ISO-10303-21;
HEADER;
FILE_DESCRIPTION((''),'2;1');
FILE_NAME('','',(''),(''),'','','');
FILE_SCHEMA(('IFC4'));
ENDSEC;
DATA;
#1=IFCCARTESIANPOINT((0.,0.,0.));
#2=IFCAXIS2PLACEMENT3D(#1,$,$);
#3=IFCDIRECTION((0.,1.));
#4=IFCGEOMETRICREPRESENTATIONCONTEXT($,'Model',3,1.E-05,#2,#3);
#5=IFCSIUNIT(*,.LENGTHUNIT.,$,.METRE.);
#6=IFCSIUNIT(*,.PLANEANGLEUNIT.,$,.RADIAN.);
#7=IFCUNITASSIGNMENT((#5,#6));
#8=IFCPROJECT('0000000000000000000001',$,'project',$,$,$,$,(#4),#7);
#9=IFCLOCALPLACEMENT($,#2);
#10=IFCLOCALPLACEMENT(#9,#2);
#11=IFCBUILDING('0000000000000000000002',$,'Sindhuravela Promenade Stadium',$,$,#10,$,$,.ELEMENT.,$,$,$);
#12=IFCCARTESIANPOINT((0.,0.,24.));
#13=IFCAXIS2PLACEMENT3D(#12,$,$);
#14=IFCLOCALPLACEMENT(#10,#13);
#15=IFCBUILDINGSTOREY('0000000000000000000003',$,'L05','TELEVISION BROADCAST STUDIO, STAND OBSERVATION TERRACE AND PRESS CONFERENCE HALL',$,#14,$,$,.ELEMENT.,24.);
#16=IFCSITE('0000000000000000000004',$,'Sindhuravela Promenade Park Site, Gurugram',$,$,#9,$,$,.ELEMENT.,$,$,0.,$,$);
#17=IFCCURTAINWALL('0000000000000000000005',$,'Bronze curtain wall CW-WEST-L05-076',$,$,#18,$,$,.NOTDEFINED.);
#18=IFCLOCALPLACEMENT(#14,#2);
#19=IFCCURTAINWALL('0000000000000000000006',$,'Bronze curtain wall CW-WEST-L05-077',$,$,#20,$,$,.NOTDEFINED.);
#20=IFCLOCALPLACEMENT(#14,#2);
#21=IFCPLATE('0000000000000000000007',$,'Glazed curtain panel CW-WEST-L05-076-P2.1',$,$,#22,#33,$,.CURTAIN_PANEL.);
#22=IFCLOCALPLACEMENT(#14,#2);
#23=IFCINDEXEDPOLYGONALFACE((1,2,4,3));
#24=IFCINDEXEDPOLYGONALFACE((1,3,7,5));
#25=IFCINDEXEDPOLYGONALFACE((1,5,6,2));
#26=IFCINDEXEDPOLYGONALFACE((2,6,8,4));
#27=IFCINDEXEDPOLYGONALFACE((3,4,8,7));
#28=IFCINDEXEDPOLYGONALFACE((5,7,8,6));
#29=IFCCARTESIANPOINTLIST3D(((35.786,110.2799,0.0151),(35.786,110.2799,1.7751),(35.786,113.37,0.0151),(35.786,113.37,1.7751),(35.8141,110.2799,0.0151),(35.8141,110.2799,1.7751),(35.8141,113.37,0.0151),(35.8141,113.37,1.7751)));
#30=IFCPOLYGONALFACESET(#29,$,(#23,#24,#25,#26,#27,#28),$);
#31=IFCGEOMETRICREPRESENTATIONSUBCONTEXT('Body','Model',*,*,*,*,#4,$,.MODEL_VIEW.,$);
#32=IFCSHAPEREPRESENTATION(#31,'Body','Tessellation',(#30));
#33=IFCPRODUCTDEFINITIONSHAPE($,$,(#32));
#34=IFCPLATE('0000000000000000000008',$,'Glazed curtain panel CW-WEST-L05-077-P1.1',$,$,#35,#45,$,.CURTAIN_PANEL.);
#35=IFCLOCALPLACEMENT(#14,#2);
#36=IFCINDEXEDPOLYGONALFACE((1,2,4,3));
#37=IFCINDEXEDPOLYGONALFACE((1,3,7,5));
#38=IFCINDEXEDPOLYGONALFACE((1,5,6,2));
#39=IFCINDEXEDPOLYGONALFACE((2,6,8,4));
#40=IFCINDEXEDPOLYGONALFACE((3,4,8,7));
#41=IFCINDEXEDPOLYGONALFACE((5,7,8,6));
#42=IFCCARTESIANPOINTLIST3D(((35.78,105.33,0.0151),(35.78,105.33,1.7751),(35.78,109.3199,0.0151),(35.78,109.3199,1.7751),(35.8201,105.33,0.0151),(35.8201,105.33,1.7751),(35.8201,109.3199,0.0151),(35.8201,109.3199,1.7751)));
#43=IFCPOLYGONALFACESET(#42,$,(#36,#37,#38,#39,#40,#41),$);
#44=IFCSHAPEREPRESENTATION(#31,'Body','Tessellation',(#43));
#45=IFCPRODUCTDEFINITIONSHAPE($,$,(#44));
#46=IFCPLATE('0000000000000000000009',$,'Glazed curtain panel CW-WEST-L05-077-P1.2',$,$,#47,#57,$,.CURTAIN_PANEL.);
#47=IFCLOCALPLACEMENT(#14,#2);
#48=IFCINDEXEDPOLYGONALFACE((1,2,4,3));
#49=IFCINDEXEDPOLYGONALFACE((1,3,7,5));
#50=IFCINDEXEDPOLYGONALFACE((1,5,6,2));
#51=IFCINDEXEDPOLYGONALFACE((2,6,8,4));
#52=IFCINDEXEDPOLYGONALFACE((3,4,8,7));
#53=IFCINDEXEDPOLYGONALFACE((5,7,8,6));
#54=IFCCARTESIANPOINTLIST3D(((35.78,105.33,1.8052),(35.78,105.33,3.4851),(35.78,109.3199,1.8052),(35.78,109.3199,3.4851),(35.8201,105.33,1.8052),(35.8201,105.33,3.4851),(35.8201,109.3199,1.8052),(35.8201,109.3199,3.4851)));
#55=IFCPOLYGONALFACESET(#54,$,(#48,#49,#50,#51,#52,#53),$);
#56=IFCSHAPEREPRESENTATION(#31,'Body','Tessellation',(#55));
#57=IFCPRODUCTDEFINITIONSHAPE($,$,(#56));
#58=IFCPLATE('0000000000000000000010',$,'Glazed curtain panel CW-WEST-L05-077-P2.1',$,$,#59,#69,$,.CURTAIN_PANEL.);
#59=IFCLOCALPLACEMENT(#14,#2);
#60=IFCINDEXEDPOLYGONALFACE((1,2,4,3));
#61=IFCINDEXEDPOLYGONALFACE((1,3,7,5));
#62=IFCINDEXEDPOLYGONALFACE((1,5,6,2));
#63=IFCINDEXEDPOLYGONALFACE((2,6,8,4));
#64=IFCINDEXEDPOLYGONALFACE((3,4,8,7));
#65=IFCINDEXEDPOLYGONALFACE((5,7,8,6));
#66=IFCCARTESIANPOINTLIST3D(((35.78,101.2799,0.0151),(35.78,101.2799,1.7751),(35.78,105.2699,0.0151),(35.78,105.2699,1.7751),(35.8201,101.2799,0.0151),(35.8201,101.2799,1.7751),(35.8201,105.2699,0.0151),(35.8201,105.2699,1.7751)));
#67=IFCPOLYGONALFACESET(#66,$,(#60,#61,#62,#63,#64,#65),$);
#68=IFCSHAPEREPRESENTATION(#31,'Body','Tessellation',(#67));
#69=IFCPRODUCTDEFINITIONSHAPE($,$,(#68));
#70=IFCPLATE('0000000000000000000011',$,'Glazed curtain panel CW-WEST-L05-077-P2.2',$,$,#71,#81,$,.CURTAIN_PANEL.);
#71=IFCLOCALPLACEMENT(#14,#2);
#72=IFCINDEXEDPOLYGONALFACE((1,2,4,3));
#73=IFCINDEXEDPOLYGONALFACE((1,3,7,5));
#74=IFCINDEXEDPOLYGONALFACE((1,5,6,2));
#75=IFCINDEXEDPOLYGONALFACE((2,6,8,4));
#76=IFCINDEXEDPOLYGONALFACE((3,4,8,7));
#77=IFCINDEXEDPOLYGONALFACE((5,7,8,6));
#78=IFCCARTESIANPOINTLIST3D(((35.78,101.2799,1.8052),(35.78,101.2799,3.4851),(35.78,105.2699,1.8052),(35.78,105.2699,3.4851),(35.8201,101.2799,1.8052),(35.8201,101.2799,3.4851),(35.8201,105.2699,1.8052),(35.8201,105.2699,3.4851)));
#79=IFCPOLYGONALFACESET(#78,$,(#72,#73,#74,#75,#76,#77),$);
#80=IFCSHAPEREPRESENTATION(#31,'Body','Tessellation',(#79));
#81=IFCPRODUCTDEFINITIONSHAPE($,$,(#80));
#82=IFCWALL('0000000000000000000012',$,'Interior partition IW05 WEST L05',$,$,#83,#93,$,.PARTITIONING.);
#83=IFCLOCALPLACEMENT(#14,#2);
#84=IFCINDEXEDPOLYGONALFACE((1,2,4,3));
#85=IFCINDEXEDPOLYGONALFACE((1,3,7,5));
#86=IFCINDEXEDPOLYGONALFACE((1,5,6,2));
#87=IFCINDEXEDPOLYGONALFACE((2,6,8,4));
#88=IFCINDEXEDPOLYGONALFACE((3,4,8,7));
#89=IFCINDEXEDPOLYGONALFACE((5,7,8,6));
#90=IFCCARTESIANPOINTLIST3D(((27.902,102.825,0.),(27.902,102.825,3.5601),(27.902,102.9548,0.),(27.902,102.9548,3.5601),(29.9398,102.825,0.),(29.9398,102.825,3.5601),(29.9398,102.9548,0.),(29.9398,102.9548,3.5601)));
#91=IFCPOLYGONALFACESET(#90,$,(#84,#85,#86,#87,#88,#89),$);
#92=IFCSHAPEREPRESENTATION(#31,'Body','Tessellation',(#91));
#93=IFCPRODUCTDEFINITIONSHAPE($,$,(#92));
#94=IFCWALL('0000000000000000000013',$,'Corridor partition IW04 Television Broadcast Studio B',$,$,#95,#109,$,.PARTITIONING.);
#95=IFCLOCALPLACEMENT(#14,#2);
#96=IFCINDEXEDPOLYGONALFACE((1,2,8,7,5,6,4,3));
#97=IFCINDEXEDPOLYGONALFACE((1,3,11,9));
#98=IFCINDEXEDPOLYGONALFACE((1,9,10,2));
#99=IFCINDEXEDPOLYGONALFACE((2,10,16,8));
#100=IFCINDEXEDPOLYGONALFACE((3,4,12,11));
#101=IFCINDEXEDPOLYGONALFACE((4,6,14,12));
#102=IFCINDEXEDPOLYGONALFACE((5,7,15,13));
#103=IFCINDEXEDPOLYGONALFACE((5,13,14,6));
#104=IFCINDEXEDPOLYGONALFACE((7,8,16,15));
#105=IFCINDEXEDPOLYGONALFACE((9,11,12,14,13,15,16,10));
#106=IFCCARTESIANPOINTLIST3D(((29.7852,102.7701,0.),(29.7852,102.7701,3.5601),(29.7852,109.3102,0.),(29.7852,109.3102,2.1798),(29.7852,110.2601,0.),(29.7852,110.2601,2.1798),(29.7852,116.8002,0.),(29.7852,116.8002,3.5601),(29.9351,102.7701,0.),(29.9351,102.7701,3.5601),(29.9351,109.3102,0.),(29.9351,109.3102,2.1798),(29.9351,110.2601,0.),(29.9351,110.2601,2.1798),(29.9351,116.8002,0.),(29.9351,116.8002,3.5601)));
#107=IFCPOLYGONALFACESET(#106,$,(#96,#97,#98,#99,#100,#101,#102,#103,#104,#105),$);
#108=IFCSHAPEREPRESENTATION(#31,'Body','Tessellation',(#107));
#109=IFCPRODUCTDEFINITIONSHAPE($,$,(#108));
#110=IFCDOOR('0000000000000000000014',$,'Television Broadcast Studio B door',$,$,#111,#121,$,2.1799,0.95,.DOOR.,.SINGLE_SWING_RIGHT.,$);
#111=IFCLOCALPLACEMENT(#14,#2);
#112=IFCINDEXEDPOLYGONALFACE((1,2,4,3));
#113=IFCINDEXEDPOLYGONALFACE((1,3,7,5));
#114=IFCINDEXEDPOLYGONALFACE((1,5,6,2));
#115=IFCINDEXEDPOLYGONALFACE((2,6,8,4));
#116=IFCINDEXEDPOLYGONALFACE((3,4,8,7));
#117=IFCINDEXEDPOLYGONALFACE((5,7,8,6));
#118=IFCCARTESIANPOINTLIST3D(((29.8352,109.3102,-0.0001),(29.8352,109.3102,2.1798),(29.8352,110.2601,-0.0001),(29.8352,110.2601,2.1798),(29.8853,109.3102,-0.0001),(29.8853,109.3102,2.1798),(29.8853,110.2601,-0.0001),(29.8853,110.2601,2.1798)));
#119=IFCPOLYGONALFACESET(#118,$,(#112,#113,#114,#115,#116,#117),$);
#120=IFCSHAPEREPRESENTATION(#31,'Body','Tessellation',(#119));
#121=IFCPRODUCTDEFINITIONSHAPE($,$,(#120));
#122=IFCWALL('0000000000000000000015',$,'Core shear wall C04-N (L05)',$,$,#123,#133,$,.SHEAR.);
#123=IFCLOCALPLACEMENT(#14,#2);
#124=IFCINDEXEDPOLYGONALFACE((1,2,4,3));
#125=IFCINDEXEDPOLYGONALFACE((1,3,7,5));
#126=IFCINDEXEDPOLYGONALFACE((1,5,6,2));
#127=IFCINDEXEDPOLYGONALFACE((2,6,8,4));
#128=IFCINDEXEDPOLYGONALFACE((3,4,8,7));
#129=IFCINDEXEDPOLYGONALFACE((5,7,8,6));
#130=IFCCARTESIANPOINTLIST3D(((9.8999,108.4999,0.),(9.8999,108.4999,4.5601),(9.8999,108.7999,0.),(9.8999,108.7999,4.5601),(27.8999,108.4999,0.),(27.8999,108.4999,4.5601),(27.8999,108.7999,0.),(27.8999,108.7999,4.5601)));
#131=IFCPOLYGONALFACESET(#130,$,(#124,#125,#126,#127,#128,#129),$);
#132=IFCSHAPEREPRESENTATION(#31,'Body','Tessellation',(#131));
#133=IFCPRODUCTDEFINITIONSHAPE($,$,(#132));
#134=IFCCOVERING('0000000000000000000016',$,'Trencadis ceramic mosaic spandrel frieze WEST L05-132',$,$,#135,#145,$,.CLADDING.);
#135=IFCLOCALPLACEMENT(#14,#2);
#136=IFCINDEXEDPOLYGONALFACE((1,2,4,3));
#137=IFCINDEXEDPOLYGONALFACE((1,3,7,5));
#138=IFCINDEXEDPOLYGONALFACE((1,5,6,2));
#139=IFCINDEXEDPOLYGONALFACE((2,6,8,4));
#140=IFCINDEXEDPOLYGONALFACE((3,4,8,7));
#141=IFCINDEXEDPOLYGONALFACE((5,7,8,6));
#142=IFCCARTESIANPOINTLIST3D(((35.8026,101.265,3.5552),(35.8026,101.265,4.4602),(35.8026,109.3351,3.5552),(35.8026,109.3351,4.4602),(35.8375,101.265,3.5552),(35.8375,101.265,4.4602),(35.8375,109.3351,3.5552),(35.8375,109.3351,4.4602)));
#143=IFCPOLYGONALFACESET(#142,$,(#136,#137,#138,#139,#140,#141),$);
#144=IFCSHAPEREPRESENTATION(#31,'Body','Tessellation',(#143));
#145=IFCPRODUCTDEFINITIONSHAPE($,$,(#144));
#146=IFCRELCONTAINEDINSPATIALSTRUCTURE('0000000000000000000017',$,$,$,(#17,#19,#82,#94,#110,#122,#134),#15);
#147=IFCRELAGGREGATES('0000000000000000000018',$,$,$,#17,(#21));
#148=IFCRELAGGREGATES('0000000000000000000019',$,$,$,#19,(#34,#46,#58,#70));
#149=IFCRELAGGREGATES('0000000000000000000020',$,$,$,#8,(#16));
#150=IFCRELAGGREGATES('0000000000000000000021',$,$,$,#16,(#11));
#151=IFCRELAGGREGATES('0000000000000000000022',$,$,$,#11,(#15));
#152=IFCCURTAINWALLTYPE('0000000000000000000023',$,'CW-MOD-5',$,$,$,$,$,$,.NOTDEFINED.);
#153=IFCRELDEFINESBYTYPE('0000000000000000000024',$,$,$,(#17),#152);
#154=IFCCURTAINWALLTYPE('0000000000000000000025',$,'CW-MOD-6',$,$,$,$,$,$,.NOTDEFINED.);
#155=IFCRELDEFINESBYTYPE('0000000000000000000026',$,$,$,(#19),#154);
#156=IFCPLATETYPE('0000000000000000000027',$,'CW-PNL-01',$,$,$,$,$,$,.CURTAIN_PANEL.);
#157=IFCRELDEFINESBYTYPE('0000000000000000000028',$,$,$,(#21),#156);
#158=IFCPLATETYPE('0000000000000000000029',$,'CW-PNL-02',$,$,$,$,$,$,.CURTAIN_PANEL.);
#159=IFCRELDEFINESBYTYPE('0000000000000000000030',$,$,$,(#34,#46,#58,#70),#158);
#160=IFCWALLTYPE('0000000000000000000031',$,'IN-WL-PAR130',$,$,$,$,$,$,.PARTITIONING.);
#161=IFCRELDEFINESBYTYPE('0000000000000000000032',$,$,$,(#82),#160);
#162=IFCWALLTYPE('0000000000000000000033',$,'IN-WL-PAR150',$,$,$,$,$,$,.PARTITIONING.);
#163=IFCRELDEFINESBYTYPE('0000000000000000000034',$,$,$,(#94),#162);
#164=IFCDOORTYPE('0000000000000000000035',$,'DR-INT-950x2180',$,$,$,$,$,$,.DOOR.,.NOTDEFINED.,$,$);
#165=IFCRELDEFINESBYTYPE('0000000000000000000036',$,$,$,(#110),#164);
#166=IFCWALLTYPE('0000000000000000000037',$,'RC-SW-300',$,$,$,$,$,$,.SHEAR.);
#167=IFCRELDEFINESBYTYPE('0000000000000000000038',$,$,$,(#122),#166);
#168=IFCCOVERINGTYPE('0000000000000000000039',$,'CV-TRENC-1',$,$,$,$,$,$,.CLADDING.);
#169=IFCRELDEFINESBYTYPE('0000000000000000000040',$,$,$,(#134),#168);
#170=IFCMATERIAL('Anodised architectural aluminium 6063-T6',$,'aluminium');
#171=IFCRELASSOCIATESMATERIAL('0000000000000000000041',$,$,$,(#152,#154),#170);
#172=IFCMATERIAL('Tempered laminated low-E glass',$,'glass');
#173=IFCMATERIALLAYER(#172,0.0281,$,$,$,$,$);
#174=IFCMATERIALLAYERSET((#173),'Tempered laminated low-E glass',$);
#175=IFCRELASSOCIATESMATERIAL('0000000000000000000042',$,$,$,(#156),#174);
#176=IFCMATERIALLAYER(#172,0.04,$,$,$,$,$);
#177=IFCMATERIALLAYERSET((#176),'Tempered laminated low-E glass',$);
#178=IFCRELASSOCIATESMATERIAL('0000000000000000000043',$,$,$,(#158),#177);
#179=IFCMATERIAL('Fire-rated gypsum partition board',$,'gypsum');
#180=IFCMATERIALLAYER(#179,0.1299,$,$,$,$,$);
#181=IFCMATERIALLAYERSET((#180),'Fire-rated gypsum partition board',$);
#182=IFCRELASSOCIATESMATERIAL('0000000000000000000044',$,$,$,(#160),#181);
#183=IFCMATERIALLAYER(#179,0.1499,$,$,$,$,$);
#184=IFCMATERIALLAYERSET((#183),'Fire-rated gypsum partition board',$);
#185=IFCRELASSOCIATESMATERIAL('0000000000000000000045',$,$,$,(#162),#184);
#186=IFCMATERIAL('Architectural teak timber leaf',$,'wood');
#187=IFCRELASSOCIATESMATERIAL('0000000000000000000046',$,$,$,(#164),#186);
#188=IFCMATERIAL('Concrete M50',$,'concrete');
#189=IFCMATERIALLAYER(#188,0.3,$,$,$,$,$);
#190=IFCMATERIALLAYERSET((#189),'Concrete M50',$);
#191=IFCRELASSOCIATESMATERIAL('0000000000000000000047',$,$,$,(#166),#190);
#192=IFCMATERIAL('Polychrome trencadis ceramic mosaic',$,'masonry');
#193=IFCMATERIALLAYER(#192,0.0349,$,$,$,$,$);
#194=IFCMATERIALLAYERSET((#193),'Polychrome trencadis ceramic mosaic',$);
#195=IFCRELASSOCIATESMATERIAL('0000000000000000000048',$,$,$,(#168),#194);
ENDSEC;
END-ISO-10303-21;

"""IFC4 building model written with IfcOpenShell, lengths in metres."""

from ifc_helpers import new_model, si_unit, direction, frame, frame_2d, origin, origin_2d, place, context, subcontext, project, spatial, rectangle, extrude, material, layer, layer_set, type_object, element, fill, aggregate, save


model = new_model("IFC4")

# Units and contexts
model_context = context("Model", 3, precision=1e-05, world=origin(), true_north=direction((0.0, 1.0)))
body_context = subcontext(model_context, "Body", "Model", "MODEL_VIEW")
ifc_project = project(units=[si_unit("LENGTHUNIT", "METRE"), si_unit("PLANEANGLEUNIT", "RADIAN")], contexts=[model_context])

# Site, building, storey
site_placement = place(None, origin())
site = spatial("IfcSite", under=ifc_project, at=site_placement, Name="Sindhuravela Promenade Park Site, Gurugram", CompositionType="ELEMENT", RefElevation=0.0)
building_placement = place(site_placement, origin())
building = spatial("IfcBuilding", under=site, at=building_placement, Name="Sindhuravela Promenade Stadium", CompositionType="ELEMENT")
storey_placement = place(building_placement, frame((0.0, 0.0, 24.0)))
storey = spatial("IfcBuildingStorey", under=building, at=storey_placement, Name="L05", Description="TELEVISION BROADCAST STUDIO, STAND OBSERVATION TERRACE AND PRESS CONFERENCE HALL", CompositionType="ELEMENT", Elevation=24.0)

# Curtain wall
ifc_material_1 = material(Name="Anodised architectural aluminium 6063-T6", Category="aluminium")
curtain_wall_type_1 = type_object("IfcCurtainWallType", Name="CW-MOD-5", PredefinedType="NOTDEFINED", material=ifc_material_1)
curtain_wall_1_placement = place(storey_placement, origin())
curtain_wall_1 = element("IfcCurtainWall", 1, at=curtain_wall_1_placement, inside=storey, type_object=curtain_wall_type_1, Name="Bronze curtain wall CW-WEST-L05-076", PredefinedType="NOTDEFINED")

# Curtain wall
curtain_wall_type_2 = type_object("IfcCurtainWallType", Name="CW-MOD-6", PredefinedType="NOTDEFINED", material=ifc_material_1)
curtain_wall_2_placement = place(storey_placement, origin())
curtain_wall_2 = element("IfcCurtainWall", 2, at=curtain_wall_2_placement, inside=storey, type_object=curtain_wall_type_2, Name="Bronze curtain wall CW-WEST-L05-077", PredefinedType="NOTDEFINED")

# Plates
ifc_material_2 = material(Name="Tempered laminated low-E glass", Category="glass")
ifc_layer_1 = layer(ifc_material_2, 0.0281)
ifc_layer_set_1 = layer_set([ifc_layer_1], Name="Tempered laminated low-E glass")
plate_type_1 = type_object("IfcPlateType", Name="CW-PNL-01", PredefinedType="CURTAIN_PANEL", material=ifc_layer_set_1)
plate_1_placement = place(storey_placement, frame((35.8, 111.825, 0.0151), z_axis=(0.0, 0.0, 1.0), x_axis=(0.0, -1.0, 0.0)))
plate_1 = element("IfcPlate", 3, at=plate_1_placement, type_object=plate_type_1, Name="Glazed curtain panel CW-WEST-L05-076-P2.1", PredefinedType="CURTAIN_PANEL", context=body_context, shape_type="SweptSolid", body=[
    extrude(rectangle(XDim=3.0901, YDim=0.0281, at=origin_2d()), origin(), (0.0, 0.0, 1.0), 1.76),
])
aggregate(curtain_wall_1, [plate_1])
ifc_layer_2 = layer(ifc_material_2, 0.04)
ifc_layer_set_2 = layer_set([ifc_layer_2], Name="Tempered laminated low-E glass")
plate_type_2 = type_object("IfcPlateType", Name="CW-PNL-02", PredefinedType="CURTAIN_PANEL", material=ifc_layer_set_2)
plate_2_placement = place(storey_placement, frame((35.8, 107.325, 0.0151), z_axis=(0.0, 0.0, 1.0), x_axis=(0.0, -1.0, 0.0)))
plate_2 = element("IfcPlate", 4, at=plate_2_placement, type_object=plate_type_2, Name="Glazed curtain panel CW-WEST-L05-077-P1.1", PredefinedType="CURTAIN_PANEL", context=body_context, shape_type="SweptSolid", body=[
    extrude(rectangle(XDim=3.99, YDim=0.04, at=origin_2d()), origin(), (0.0, 0.0, 1.0), 1.76),
])
plate_3_placement = place(storey_placement, frame((35.8, 107.325, 1.8052), z_axis=(0.0, 0.0, 1.0), x_axis=(0.0, -1.0, 0.0)))
plate_3 = element("IfcPlate", 5, at=plate_3_placement, type_object=plate_type_2, Name="Glazed curtain panel CW-WEST-L05-077-P1.2", PredefinedType="CURTAIN_PANEL", context=body_context, shape_type="SweptSolid", body=[
    extrude(rectangle(XDim=3.99, YDim=0.04, at=origin_2d()), origin(), (0.0, 0.0, 1.0), 1.6799),
])
plate_4_placement = place(storey_placement, frame((35.8, 103.2749, 0.0151), z_axis=(0.0, 0.0, 1.0), x_axis=(0.0, -1.0, 0.0)))
plate_4 = element("IfcPlate", 6, at=plate_4_placement, type_object=plate_type_2, Name="Glazed curtain panel CW-WEST-L05-077-P2.1", PredefinedType="CURTAIN_PANEL", context=body_context, shape_type="SweptSolid", body=[
    extrude(rectangle(XDim=3.99, YDim=0.04, at=origin_2d()), origin(), (0.0, 0.0, 1.0), 1.76),
])
plate_5_placement = place(storey_placement, frame((35.8, 103.2749, 1.8052), z_axis=(0.0, 0.0, 1.0), x_axis=(0.0, -1.0, 0.0)))
plate_5 = element("IfcPlate", 7, at=plate_5_placement, type_object=plate_type_2, Name="Glazed curtain panel CW-WEST-L05-077-P2.2", PredefinedType="CURTAIN_PANEL", context=body_context, shape_type="SweptSolid", body=[
    extrude(rectangle(XDim=3.99, YDim=0.04, at=origin_2d()), origin(), (0.0, 0.0, 1.0), 1.6799),
])
aggregate(curtain_wall_2, [plate_2, plate_3, plate_4, plate_5])

# Wall
ifc_material_3 = material(Name="Fire-rated gypsum partition board", Category="gypsum")
ifc_layer_3 = layer(ifc_material_3, 0.1299)
ifc_layer_set_3 = layer_set([ifc_layer_3], Name="Fire-rated gypsum partition board")
wall_type_1 = type_object("IfcWallType", Name="IN-WL-PAR130", PredefinedType="PARTITIONING", material=ifc_layer_set_3)
wall_1_placement = place(storey_placement, frame((29.9399, 102.8899, 0.0), z_axis=(0.0, 0.0, 1.0), x_axis=(-1.0, 0.0, 0.0)))
element("IfcWall", 8, at=wall_1_placement, inside=storey, type_object=wall_type_1, Name="Interior partition IW05 WEST L05", PredefinedType="PARTITIONING", context=body_context, shape_type="SweptSolid", body=[
    extrude(rectangle(XDim=2.0378, YDim=0.1299, at=frame_2d((1.019, 0.0))), origin(), (0.0, 0.0, 1.0), 3.5601),
])

# Wall, opening, door
ifc_layer_4 = layer(ifc_material_3, 0.1499)
ifc_layer_set_4 = layer_set([ifc_layer_4], Name="Fire-rated gypsum partition board")
wall_type_2 = type_object("IfcWallType", Name="IN-WL-PAR150", PredefinedType="PARTITIONING", material=ifc_layer_set_4)
wall_2_placement = place(storey_placement, frame((29.8601, 102.77, 0.0), z_axis=(0.0, 0.0, 1.0), x_axis=(0.0, 1.0, 0.0)))
wall_2 = element("IfcWall", 9, at=wall_2_placement, inside=storey, type_object=wall_type_2, Name="Corridor partition IW04 Television Broadcast Studio B", PredefinedType="PARTITIONING", context=body_context, shape_type="SweptSolid", body=[
    extrude(rectangle(XDim=14.03, YDim=0.1499, at=frame_2d((7.0151, 0.0))), origin(), (0.0, 0.0, 1.0), 3.5601),
])
opening_placement = place(wall_2_placement, frame((6.54, 0.0, 0.0)))
opening = element("IfcOpeningElement", 10, at=opening_placement, cuts=wall_2, PredefinedType="OPENING", context=body_context, shape_type="SweptSolid", body=[
    extrude(rectangle(XDim=0.95, YDim=2.1799, at=frame_2d((0.4751, 1.0898))), frame((0.0, 0.085, 0.0), z_axis=(0.0, -1.0, 0.0), x_axis=(1.0, 0.0, 0.0)), (0.0, 0.0, 1.0), 0.1699),
])
ifc_material_4 = material(Name="Architectural teak timber leaf", Category="wood")
door_type = type_object("IfcDoorType", Name="DR-INT-950x2180", OperationType="NOTDEFINED", PredefinedType="DOOR", material=ifc_material_4)
door_placement = place(opening_placement, origin())
door = element("IfcDoor", 11, at=door_placement, inside=storey, type_object=door_type, Name="Television Broadcast Studio B door", OperationType="SINGLE_SWING_RIGHT", OverallHeight=2.1799, OverallWidth=0.95, PredefinedType="DOOR", context=body_context, shape_type="SweptSolid", body=[
    extrude(rectangle(XDim=0.95, YDim=2.1799, at=frame_2d((0.4751, 1.0898))), frame((0.0, 0.0249, 0.0), z_axis=(0.0, -1.0, 0.0), x_axis=(1.0, 0.0, 0.0)), (0.0, 0.0, 1.0), 0.05),
])
fill(opening, door)

# Wall
ifc_material_5 = material(Name="Concrete M50", Category="concrete")
ifc_layer_5 = layer(ifc_material_5, 0.3)
ifc_layer_set_5 = layer_set([ifc_layer_5], Name="Concrete M50")
wall_type_3 = type_object("IfcWallType", Name="RC-SW-300", PredefinedType="SHEAR", material=ifc_layer_set_5)
wall_3_placement = place(storey_placement, frame((27.8999, 108.6499, 0.0), z_axis=(0.0, 0.0, 1.0), x_axis=(-1.0, 0.0, 0.0)))
element("IfcWall", 12, at=wall_3_placement, inside=storey, type_object=wall_type_3, Name="Core shear wall C04-N (L05)", PredefinedType="SHEAR", context=body_context, shape_type="SweptSolid", body=[
    extrude(rectangle(XDim=18.0, YDim=0.3, at=frame_2d((9.0, 0.0))), origin(), (0.0, 0.0, 1.0), 4.5601),
])

# Covering
ifc_material_6 = material(Name="Polychrome trencadis ceramic mosaic", Category="masonry")
ifc_layer_6 = layer(ifc_material_6, 0.0349)
ifc_layer_set_6 = layer_set([ifc_layer_6], Name="Polychrome trencadis ceramic mosaic")
covering_type = type_object("IfcCoveringType", Name="CV-TRENC-1", PredefinedType="CLADDING", material=ifc_layer_set_6)
covering_placement = place(storey_placement, frame((35.8201, 105.3, 3.5552), z_axis=(0.0, 0.0, 1.0), x_axis=(0.0, -1.0, 0.0)))
element("IfcCovering", 13, at=covering_placement, inside=storey, type_object=covering_type, Name="Trencadis ceramic mosaic spandrel frieze WEST L05-132", PredefinedType="CLADDING", context=body_context, shape_type="SweptSolid", body=[
    extrude(rectangle(XDim=8.0701, YDim=0.0349, at=origin_2d()), origin(), (0.0, 0.0, 1.0), 0.905),
])

save(model, "model.ifc")
